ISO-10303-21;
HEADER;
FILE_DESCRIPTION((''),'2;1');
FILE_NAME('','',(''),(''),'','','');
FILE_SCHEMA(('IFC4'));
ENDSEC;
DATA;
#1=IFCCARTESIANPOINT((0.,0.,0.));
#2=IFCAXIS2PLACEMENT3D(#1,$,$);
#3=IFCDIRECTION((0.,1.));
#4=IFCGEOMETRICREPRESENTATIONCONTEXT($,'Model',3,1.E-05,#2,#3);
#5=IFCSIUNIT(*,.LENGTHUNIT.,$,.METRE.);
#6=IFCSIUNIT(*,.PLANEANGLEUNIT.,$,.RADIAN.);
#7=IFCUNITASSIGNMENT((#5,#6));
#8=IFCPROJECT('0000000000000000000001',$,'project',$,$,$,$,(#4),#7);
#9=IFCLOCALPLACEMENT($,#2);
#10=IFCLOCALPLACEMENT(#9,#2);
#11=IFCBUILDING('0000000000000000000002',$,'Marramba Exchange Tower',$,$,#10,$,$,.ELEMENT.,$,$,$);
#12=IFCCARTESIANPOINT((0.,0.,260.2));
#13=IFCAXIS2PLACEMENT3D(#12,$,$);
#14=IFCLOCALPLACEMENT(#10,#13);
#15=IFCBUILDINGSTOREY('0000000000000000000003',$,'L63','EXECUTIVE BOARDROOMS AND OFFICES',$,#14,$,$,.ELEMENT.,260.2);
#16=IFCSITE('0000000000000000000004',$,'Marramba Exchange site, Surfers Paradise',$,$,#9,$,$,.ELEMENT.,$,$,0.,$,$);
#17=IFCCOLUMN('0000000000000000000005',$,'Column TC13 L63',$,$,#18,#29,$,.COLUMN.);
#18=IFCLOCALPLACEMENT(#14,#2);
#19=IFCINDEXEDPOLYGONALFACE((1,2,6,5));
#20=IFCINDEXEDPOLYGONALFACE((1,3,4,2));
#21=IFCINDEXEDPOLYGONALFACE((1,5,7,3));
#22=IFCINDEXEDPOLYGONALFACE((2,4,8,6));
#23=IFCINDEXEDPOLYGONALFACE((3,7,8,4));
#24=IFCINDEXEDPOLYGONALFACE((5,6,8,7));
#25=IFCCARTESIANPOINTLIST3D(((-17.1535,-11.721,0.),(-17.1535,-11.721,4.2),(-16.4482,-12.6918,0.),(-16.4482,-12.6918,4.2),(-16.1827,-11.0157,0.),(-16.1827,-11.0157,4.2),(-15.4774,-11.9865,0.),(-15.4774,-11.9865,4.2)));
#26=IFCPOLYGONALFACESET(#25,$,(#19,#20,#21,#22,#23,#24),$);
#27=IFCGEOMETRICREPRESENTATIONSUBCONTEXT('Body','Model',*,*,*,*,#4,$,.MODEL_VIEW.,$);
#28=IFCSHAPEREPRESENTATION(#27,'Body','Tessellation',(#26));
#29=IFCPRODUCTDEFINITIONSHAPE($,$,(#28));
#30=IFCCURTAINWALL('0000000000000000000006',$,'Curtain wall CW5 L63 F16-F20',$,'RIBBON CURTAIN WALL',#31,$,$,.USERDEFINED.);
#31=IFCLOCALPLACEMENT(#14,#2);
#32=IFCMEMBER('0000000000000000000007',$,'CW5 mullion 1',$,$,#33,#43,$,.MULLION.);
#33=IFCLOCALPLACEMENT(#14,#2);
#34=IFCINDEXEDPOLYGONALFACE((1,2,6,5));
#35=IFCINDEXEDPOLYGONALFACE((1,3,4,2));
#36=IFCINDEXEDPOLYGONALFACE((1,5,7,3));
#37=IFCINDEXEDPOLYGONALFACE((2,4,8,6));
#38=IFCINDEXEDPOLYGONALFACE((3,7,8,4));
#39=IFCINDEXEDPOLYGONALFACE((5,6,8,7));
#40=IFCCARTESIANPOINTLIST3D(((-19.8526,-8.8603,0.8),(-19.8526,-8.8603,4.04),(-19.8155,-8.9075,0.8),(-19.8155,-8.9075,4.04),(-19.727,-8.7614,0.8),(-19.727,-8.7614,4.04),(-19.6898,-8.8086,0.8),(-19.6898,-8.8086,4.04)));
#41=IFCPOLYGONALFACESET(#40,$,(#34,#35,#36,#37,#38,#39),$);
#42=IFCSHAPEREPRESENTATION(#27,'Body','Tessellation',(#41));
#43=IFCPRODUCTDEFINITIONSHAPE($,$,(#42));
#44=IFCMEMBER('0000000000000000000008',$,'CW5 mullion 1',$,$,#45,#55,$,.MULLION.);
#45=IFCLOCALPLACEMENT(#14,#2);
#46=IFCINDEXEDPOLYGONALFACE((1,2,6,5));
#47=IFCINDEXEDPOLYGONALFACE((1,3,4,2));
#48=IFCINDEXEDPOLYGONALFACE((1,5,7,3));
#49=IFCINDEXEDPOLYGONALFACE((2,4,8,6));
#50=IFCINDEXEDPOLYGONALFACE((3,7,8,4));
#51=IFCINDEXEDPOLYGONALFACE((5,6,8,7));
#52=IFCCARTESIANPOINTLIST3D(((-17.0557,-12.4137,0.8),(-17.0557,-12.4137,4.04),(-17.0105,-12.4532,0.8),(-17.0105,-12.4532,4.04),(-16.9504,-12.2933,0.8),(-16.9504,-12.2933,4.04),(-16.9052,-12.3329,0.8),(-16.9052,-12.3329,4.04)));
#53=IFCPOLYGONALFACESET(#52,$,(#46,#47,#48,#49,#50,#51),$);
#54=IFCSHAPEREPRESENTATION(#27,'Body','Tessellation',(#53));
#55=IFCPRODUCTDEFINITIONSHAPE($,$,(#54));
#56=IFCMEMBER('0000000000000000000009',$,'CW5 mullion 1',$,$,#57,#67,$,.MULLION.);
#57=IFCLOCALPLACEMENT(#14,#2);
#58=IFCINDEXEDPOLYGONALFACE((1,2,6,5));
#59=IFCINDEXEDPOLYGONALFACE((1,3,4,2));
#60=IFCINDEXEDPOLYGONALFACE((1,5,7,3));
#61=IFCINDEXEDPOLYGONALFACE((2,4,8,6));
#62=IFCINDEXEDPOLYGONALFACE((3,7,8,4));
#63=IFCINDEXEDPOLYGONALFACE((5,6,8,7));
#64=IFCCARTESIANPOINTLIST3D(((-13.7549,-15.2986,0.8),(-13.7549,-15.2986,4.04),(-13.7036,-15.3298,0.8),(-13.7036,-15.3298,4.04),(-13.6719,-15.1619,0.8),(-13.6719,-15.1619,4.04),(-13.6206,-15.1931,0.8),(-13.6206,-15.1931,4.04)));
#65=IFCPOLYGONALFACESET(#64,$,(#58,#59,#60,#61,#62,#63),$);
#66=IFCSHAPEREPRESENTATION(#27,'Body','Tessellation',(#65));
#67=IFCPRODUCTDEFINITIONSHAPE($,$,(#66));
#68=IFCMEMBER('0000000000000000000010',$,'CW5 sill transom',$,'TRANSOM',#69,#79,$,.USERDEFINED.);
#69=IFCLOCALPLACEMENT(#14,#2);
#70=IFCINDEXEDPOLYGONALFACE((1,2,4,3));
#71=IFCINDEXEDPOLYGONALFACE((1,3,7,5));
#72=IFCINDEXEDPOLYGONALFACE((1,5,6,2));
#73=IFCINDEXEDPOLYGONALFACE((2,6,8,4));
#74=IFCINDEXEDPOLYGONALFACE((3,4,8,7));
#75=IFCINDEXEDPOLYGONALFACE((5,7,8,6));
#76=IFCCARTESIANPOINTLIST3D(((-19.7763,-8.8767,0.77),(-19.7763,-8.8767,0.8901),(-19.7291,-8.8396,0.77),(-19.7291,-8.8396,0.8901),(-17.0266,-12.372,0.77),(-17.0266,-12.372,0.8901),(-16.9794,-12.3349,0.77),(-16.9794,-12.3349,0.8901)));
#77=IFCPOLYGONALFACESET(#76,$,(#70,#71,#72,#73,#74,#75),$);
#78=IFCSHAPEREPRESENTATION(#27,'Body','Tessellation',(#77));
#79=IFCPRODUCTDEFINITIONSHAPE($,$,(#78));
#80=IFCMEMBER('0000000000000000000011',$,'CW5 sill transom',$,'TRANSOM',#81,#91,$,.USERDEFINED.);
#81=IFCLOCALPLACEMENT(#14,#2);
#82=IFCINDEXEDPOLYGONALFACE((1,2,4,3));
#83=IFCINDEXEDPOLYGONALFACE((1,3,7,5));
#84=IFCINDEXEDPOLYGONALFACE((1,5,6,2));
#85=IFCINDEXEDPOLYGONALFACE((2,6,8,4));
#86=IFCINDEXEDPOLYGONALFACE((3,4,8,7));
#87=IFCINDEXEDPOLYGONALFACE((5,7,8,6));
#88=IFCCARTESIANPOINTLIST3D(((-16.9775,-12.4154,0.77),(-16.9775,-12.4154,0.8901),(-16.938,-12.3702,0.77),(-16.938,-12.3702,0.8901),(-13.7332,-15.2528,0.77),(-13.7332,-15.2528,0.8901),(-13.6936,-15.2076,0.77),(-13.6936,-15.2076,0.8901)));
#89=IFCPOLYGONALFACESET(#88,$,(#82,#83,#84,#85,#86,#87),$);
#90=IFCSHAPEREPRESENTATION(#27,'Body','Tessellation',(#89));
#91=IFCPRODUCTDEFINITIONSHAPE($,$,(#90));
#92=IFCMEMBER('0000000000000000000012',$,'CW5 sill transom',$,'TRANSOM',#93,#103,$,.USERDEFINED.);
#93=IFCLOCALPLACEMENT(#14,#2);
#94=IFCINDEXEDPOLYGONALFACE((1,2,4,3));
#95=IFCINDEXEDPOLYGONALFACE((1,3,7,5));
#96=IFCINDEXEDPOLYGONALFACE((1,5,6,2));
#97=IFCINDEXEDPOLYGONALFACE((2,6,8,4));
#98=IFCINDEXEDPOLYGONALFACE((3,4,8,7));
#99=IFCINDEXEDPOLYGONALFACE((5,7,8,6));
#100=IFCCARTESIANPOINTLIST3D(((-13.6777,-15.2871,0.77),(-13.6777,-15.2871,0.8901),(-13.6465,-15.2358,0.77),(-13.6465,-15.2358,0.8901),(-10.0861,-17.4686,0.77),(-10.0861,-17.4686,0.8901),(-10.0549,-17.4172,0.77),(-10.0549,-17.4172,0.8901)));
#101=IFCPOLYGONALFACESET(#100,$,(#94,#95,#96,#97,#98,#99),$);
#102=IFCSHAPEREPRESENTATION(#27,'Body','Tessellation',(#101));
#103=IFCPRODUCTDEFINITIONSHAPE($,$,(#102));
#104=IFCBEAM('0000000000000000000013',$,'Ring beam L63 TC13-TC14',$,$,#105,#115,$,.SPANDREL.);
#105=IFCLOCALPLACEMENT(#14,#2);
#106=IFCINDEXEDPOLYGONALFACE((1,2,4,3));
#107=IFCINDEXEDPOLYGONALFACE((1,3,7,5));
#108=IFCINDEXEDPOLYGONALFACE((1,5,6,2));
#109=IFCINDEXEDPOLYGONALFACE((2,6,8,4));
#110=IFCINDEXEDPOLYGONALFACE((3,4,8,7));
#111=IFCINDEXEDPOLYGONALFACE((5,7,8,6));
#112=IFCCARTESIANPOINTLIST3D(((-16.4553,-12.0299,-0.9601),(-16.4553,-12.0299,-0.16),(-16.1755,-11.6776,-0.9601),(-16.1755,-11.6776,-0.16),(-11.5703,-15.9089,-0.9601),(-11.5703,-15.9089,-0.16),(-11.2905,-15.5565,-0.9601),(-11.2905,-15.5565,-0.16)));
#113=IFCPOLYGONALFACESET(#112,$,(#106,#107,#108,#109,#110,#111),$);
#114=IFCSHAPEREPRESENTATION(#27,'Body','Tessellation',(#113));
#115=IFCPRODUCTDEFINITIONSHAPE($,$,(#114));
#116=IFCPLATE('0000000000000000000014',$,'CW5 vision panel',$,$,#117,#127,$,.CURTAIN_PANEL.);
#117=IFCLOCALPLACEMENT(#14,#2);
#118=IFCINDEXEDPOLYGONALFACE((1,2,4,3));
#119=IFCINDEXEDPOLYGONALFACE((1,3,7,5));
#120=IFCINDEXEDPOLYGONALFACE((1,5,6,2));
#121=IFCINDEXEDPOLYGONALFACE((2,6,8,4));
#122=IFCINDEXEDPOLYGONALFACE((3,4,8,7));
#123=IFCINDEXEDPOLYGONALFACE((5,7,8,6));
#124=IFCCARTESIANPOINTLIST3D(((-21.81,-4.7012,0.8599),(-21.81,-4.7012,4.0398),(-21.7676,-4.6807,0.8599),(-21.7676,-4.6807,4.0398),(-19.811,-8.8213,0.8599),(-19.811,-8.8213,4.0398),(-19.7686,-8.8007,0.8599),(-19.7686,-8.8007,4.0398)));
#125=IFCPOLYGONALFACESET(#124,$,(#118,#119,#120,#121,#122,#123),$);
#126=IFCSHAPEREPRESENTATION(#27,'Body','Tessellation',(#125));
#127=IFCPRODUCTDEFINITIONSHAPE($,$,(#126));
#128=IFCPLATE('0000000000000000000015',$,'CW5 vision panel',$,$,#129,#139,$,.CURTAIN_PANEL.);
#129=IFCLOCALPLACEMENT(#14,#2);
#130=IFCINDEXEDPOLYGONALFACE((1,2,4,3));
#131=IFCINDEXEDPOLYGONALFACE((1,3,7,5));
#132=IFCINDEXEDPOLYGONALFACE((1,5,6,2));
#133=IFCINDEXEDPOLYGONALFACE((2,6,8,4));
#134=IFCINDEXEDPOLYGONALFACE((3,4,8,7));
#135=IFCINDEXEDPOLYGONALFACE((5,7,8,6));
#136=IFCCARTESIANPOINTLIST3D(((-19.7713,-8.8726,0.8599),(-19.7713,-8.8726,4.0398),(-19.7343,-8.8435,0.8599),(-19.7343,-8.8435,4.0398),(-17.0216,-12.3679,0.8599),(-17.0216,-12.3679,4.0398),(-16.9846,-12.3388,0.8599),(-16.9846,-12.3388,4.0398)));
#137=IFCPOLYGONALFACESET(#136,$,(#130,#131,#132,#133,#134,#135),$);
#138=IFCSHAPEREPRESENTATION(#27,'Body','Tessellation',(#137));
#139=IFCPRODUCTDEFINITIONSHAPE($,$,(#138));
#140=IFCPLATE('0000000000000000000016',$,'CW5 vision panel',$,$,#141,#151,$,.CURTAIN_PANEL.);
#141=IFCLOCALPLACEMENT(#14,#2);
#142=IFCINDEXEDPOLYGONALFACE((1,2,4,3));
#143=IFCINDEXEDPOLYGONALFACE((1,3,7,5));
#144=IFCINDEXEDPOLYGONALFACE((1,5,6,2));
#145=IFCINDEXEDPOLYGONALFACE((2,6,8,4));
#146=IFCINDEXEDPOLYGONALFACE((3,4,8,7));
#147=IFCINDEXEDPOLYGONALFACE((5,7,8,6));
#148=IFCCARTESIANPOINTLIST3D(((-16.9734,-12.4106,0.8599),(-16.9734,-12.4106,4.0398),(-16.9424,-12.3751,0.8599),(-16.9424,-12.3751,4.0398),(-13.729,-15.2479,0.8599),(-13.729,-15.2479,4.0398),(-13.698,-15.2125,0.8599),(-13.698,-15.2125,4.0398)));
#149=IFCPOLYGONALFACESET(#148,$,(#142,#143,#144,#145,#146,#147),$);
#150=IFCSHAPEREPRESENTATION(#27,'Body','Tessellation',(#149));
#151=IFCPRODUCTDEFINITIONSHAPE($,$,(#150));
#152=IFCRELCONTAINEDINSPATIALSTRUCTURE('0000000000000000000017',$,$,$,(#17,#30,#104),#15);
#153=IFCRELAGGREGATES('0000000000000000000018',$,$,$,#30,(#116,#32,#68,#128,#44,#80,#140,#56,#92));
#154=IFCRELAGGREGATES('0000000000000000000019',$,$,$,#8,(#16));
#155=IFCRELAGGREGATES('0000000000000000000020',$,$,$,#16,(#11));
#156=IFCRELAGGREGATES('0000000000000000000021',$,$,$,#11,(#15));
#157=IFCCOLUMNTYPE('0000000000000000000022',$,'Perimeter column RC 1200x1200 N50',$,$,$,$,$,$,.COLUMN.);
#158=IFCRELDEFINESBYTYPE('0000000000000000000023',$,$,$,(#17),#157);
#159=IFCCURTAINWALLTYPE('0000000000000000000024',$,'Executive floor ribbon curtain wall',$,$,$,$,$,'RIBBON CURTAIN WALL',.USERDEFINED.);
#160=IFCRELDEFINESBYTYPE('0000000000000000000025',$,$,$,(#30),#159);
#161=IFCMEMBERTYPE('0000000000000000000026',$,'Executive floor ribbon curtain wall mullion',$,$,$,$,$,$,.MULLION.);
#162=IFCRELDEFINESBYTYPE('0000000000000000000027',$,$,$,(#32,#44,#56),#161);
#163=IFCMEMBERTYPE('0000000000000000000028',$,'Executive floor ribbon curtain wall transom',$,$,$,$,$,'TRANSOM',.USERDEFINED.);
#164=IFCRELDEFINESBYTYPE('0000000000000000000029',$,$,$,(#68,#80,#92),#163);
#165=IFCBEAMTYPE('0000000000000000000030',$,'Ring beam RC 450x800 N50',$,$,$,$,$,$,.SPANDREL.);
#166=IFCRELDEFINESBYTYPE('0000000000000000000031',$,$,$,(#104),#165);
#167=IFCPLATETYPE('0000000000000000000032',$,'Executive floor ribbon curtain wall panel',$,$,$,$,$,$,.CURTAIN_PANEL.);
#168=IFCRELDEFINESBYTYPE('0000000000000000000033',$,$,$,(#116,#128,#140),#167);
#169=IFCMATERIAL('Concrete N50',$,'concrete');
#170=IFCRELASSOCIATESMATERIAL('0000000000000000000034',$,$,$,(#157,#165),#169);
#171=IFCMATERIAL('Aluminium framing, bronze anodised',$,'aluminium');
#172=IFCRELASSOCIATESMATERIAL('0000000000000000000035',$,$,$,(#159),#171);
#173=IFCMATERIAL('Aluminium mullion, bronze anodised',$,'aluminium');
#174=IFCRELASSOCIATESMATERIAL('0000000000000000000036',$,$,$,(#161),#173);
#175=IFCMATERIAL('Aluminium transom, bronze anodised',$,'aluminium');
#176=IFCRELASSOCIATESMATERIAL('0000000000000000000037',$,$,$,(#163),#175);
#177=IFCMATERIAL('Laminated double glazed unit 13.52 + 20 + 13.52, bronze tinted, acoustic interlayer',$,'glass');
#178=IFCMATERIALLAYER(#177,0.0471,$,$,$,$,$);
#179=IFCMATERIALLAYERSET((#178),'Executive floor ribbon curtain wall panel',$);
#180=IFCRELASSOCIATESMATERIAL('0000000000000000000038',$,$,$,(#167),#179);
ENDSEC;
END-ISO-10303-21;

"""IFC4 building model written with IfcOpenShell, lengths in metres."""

from ifc_helpers import new_model, si_unit, direction, frame, origin, origin_2d, place, context, subcontext, project, spatial, rectangle, extrude, material, layer, layer_set, material_profile, profile_set, type_object, element, aggregate, save


model = new_model("IFC4")

# Units and contexts
model_context = context("Model", 3, precision=1e-05, world=origin(), true_north=direction((0.0, 1.0)))
body_context = subcontext(model_context, "Body", "Model", "MODEL_VIEW")
ifc_project = project(units=[si_unit("LENGTHUNIT", "METRE"), si_unit("PLANEANGLEUNIT", "RADIAN")], contexts=[model_context])

# Site, building, storey
site_placement = place(None, origin())
site = spatial("IfcSite", under=ifc_project, at=site_placement, Name="Marramba Exchange site, Surfers Paradise", CompositionType="ELEMENT", RefElevation=0.0)
building_placement = place(site_placement, origin())
building = spatial("IfcBuilding", under=site, at=building_placement, Name="Marramba Exchange Tower", CompositionType="ELEMENT")
storey_placement = place(building_placement, frame((0.0, 0.0, 260.2)))
storey = spatial("IfcBuildingStorey", under=building, at=storey_placement, Name="L63", Description="EXECUTIVE BOARDROOMS AND OFFICES", CompositionType="ELEMENT", Elevation=260.2)

# Column
ifc_material_1 = material(Name="Concrete N50", Category="concrete")
ifc_material_profile_1 = material_profile(ifc_material_1, rectangle(XDim=1.2, YDim=1.2, at=origin_2d()), Name="RC 1200x1200")
ifc_profile_set_1 = profile_set([ifc_material_profile_1], Name="Concrete N50")
column_type = type_object("IfcColumnType", Name="Perimeter column RC 1200x1200 N50", PredefinedType="COLUMN", material=ifc_profile_set_1)
column_placement = place(storey_placement, frame((-16.3154, -11.8538, 0.0), z_axis=(0.0, 0.0, 1.0), x_axis=(-0.809017, -0.587785, 0.0)))
element("IfcColumn", 1, at=column_placement, inside=storey, type_object=column_type, Name="Column TC13 L63", PredefinedType="COLUMN", context=body_context, shape_type="SweptSolid", body=[
    extrude(rectangle(XDim=1.2, YDim=1.2, at=origin_2d()), origin(), (0.0, 0.0, 1.0), 4.2),
])

# Curtain wall, members
ifc_material_2 = material(Name="Aluminium framing, bronze anodised", Category="aluminium")
curtain_wall_type = type_object("IfcCurtainWallType", Name="Executive floor ribbon curtain wall", ElementType="RIBBON CURTAIN WALL", PredefinedType="USERDEFINED", material=ifc_material_2)
curtain_wall_placement = place(storey_placement, origin())
curtain_wall = element("IfcCurtainWall", 2, at=curtain_wall_placement, inside=storey, type_object=curtain_wall_type, Name="Curtain wall CW5 L63 F16-F20", ObjectType="RIBBON CURTAIN WALL", PredefinedType="USERDEFINED")
ifc_material_3 = material(Name="Aluminium mullion, bronze anodised", Category="aluminium")
ifc_material_profile_2 = material_profile(ifc_material_3, rectangle(XDim=0.1599, YDim=0.0601, at=origin_2d()), Name="CW5 mullion 60x160")
ifc_profile_set_2 = profile_set([ifc_material_profile_2], Name="Aluminium mullion, bronze anodised")
member_type_1 = type_object("IfcMemberType", Name="Executive floor ribbon curtain wall mullion", PredefinedType="MULLION", material=ifc_profile_set_2)
member_1_placement = place(storey_placement, frame((-19.7712, -8.8345, 0.8), z_axis=(0.0, 0.0, 1.0), x_axis=(0.78595, 0.618291, 0.0)))
member_1 = element("IfcMember", 3, at=member_1_placement, type_object=member_type_1, Name="CW5 mullion 1", PredefinedType="MULLION", context=body_context, shape_type="SweptSolid", body=[
    extrude(rectangle(XDim=0.1599, YDim=0.0601, at=origin_2d()), origin(), (0.0, 0.0, 1.0), 3.24),
])
member_2_placement = place(storey_placement, frame((-16.9805, -12.3733, 0.8), z_axis=(0.0, 0.0, 1.0), x_axis=(0.658305, 0.752751, 0.0)))
member_2 = element("IfcMember", 4, at=member_2_placement, type_object=member_type_1, Name="CW5 mullion 1", PredefinedType="MULLION", context=body_context, shape_type="SweptSolid", body=[
    extrude(rectangle(XDim=0.1599, YDim=0.0601, at=origin_2d()), origin(), (0.0, 0.0, 1.0), 3.24),
])
member_3_placement = place(storey_placement, frame((-13.6877, -15.2458, 0.8), z_axis=(0.0, 0.0, 1.0), x_axis=(0.519115, 0.854704, 0.0)))
member_3 = element("IfcMember", 5, at=member_3_placement, type_object=member_type_1, Name="CW5 mullion 1", PredefinedType="MULLION", context=body_context, shape_type="SweptSolid", body=[
    extrude(rectangle(XDim=0.1599, YDim=0.0601, at=origin_2d()), origin(), (0.0, 0.0, 1.0), 3.24),
])
ifc_material_4 = material(Name="Aluminium transom, bronze anodised", Category="aluminium")
ifc_material_profile_3 = material_profile(ifc_material_4, rectangle(XDim=0.0601, YDim=0.1201, at=origin_2d()), Name="CW5 transom 60x120")
ifc_profile_set_3 = profile_set([ifc_material_profile_3], Name="Aluminium transom, bronze anodised")
member_type_2 = type_object("IfcMemberType", Name="Executive floor ribbon curtain wall transom", ElementType="TRANSOM", PredefinedType="USERDEFINED", material=ifc_profile_set_3)
member_4_placement = place(storey_placement, frame((-19.7527, -8.8582, 0.8301), z_axis=(0.618294, -0.785947, 0.0), x_axis=(0.785947, 0.618294, 0.0)))
member_4 = element("IfcMember", 6, at=member_4_placement, type_object=member_type_2, Name="CW5 sill transom", ObjectType="TRANSOM", PredefinedType="USERDEFINED", context=body_context, shape_type="SweptSolid", body=[
    extrude(rectangle(XDim=0.0601, YDim=0.1201, at=origin_2d()), origin(), (0.0, 0.0, 1.0), 4.4473),
])
member_5_placement = place(storey_placement, frame((-16.9578, -12.3928, 0.8301), z_axis=(0.752742, -0.658316, 0.0), x_axis=(0.658316, 0.752742, 0.0)))
member_5 = element("IfcMember", 7, at=member_5_placement, type_object=member_type_2, Name="CW5 sill transom", ObjectType="TRANSOM", PredefinedType="USERDEFINED", context=body_context, shape_type="SweptSolid", body=[
    extrude(rectangle(XDim=0.0601, YDim=0.1201, at=origin_2d()), origin(), (0.0, 0.0, 1.0), 4.3101),
])
member_6_placement = place(storey_placement, frame((-13.6621, -15.2615, 0.8301), z_axis=(0.854702, -0.519119, 0.0), x_axis=(0.519119, 0.854702, 0.0)))
member_6 = element("IfcMember", 8, at=member_6_placement, type_object=member_type_2, Name="CW5 sill transom", ObjectType="TRANSOM", PredefinedType="USERDEFINED", context=body_context, shape_type="SweptSolid", body=[
    extrude(rectangle(XDim=0.0601, YDim=0.1201, at=origin_2d()), origin(), (0.0, 0.0, 1.0), 4.2021),
])

# Beam
ifc_material_profile_4 = material_profile(ifc_material_1, rectangle(XDim=0.45, YDim=0.8, at=origin_2d()), Name="RC 450x800")
ifc_profile_set_4 = profile_set([ifc_material_profile_4], Name="Concrete N50")
beam_type = type_object("IfcBeamType", Name="Ring beam RC 450x800 N50", PredefinedType="SPANDREL", material=ifc_profile_set_4)
beam_placement = place(storey_placement, frame((-16.3154, -11.8538, -0.5601), z_axis=(0.783139, -0.621846, 0.0), x_axis=(0.621846, 0.783139, 0.0)))
element("IfcBeam", 9, at=beam_placement, inside=storey, type_object=beam_type, Name="Ring beam L63 TC13-TC14", PredefinedType="SPANDREL", context=body_context, shape_type="SweptSolid", body=[
    extrude(rectangle(XDim=0.45, YDim=0.8, at=origin_2d()), origin(), (0.0, 0.0, 1.0), 6.2378),
])

# Plates
ifc_material_5 = material(Name="Laminated double glazed unit 13.52 + 20 + 13.52, bronze tinted, acoustic interlayer", Category="glass")
ifc_layer_1 = layer(ifc_material_5, 0.0471)
ifc_layer_set_1 = layer_set([ifc_layer_1], Name="Executive floor ribbon curtain wall panel")
plate_type = type_object("IfcPlateType", Name="Executive floor ribbon curtain wall panel", PredefinedType="CURTAIN_PANEL", material=ifc_layer_set_1)
plate_1_placement = place(storey_placement, frame((-20.7893, -6.751, 0.8599), z_axis=(0.0, 0.0, 1.0), x_axis=(0.436515, -0.899697, 0.0)))
plate_1 = element("IfcPlate", 10, at=plate_1_placement, type_object=plate_type, Name="CW5 vision panel", PredefinedType="CURTAIN_PANEL", context=body_context, shape_type="SweptSolid", body=[
    extrude(rectangle(XDim=4.5793, YDim=0.0471, at=origin_2d()), origin(), (0.0, 0.0, 1.0), 3.1799),
])
plate_2_placement = place(storey_placement, frame((-18.3779, -10.6057, 0.8599), z_axis=(0.0, 0.0, 1.0), x_axis=(0.618291, -0.78595, 0.0)))
plate_2 = element("IfcPlate", 11, at=plate_2_placement, type_object=plate_type, Name="CW5 vision panel", PredefinedType="CURTAIN_PANEL", context=body_context, shape_type="SweptSolid", body=[
    extrude(rectangle(XDim=4.4473, YDim=0.0471, at=origin_2d()), origin(), (0.0, 0.0, 1.0), 3.1799),
])
plate_3_placement = place(storey_placement, frame((-15.3357, -13.8115, 0.8599), z_axis=(0.0, 0.0, 1.0), x_axis=(0.752751, -0.658305, 0.0)))
plate_3 = element("IfcPlate", 12, at=plate_3_placement, type_object=plate_type, Name="CW5 vision panel", PredefinedType="CURTAIN_PANEL", context=body_context, shape_type="SweptSolid", body=[
    extrude(rectangle(XDim=4.3101, YDim=0.0471, at=origin_2d()), origin(), (0.0, 0.0, 1.0), 3.1799),
])
aggregate(curtain_wall, [plate_1, member_1, member_4, plate_2, member_2, member_5, plate_3, member_3, member_6])

save(model, "model.ifc")
